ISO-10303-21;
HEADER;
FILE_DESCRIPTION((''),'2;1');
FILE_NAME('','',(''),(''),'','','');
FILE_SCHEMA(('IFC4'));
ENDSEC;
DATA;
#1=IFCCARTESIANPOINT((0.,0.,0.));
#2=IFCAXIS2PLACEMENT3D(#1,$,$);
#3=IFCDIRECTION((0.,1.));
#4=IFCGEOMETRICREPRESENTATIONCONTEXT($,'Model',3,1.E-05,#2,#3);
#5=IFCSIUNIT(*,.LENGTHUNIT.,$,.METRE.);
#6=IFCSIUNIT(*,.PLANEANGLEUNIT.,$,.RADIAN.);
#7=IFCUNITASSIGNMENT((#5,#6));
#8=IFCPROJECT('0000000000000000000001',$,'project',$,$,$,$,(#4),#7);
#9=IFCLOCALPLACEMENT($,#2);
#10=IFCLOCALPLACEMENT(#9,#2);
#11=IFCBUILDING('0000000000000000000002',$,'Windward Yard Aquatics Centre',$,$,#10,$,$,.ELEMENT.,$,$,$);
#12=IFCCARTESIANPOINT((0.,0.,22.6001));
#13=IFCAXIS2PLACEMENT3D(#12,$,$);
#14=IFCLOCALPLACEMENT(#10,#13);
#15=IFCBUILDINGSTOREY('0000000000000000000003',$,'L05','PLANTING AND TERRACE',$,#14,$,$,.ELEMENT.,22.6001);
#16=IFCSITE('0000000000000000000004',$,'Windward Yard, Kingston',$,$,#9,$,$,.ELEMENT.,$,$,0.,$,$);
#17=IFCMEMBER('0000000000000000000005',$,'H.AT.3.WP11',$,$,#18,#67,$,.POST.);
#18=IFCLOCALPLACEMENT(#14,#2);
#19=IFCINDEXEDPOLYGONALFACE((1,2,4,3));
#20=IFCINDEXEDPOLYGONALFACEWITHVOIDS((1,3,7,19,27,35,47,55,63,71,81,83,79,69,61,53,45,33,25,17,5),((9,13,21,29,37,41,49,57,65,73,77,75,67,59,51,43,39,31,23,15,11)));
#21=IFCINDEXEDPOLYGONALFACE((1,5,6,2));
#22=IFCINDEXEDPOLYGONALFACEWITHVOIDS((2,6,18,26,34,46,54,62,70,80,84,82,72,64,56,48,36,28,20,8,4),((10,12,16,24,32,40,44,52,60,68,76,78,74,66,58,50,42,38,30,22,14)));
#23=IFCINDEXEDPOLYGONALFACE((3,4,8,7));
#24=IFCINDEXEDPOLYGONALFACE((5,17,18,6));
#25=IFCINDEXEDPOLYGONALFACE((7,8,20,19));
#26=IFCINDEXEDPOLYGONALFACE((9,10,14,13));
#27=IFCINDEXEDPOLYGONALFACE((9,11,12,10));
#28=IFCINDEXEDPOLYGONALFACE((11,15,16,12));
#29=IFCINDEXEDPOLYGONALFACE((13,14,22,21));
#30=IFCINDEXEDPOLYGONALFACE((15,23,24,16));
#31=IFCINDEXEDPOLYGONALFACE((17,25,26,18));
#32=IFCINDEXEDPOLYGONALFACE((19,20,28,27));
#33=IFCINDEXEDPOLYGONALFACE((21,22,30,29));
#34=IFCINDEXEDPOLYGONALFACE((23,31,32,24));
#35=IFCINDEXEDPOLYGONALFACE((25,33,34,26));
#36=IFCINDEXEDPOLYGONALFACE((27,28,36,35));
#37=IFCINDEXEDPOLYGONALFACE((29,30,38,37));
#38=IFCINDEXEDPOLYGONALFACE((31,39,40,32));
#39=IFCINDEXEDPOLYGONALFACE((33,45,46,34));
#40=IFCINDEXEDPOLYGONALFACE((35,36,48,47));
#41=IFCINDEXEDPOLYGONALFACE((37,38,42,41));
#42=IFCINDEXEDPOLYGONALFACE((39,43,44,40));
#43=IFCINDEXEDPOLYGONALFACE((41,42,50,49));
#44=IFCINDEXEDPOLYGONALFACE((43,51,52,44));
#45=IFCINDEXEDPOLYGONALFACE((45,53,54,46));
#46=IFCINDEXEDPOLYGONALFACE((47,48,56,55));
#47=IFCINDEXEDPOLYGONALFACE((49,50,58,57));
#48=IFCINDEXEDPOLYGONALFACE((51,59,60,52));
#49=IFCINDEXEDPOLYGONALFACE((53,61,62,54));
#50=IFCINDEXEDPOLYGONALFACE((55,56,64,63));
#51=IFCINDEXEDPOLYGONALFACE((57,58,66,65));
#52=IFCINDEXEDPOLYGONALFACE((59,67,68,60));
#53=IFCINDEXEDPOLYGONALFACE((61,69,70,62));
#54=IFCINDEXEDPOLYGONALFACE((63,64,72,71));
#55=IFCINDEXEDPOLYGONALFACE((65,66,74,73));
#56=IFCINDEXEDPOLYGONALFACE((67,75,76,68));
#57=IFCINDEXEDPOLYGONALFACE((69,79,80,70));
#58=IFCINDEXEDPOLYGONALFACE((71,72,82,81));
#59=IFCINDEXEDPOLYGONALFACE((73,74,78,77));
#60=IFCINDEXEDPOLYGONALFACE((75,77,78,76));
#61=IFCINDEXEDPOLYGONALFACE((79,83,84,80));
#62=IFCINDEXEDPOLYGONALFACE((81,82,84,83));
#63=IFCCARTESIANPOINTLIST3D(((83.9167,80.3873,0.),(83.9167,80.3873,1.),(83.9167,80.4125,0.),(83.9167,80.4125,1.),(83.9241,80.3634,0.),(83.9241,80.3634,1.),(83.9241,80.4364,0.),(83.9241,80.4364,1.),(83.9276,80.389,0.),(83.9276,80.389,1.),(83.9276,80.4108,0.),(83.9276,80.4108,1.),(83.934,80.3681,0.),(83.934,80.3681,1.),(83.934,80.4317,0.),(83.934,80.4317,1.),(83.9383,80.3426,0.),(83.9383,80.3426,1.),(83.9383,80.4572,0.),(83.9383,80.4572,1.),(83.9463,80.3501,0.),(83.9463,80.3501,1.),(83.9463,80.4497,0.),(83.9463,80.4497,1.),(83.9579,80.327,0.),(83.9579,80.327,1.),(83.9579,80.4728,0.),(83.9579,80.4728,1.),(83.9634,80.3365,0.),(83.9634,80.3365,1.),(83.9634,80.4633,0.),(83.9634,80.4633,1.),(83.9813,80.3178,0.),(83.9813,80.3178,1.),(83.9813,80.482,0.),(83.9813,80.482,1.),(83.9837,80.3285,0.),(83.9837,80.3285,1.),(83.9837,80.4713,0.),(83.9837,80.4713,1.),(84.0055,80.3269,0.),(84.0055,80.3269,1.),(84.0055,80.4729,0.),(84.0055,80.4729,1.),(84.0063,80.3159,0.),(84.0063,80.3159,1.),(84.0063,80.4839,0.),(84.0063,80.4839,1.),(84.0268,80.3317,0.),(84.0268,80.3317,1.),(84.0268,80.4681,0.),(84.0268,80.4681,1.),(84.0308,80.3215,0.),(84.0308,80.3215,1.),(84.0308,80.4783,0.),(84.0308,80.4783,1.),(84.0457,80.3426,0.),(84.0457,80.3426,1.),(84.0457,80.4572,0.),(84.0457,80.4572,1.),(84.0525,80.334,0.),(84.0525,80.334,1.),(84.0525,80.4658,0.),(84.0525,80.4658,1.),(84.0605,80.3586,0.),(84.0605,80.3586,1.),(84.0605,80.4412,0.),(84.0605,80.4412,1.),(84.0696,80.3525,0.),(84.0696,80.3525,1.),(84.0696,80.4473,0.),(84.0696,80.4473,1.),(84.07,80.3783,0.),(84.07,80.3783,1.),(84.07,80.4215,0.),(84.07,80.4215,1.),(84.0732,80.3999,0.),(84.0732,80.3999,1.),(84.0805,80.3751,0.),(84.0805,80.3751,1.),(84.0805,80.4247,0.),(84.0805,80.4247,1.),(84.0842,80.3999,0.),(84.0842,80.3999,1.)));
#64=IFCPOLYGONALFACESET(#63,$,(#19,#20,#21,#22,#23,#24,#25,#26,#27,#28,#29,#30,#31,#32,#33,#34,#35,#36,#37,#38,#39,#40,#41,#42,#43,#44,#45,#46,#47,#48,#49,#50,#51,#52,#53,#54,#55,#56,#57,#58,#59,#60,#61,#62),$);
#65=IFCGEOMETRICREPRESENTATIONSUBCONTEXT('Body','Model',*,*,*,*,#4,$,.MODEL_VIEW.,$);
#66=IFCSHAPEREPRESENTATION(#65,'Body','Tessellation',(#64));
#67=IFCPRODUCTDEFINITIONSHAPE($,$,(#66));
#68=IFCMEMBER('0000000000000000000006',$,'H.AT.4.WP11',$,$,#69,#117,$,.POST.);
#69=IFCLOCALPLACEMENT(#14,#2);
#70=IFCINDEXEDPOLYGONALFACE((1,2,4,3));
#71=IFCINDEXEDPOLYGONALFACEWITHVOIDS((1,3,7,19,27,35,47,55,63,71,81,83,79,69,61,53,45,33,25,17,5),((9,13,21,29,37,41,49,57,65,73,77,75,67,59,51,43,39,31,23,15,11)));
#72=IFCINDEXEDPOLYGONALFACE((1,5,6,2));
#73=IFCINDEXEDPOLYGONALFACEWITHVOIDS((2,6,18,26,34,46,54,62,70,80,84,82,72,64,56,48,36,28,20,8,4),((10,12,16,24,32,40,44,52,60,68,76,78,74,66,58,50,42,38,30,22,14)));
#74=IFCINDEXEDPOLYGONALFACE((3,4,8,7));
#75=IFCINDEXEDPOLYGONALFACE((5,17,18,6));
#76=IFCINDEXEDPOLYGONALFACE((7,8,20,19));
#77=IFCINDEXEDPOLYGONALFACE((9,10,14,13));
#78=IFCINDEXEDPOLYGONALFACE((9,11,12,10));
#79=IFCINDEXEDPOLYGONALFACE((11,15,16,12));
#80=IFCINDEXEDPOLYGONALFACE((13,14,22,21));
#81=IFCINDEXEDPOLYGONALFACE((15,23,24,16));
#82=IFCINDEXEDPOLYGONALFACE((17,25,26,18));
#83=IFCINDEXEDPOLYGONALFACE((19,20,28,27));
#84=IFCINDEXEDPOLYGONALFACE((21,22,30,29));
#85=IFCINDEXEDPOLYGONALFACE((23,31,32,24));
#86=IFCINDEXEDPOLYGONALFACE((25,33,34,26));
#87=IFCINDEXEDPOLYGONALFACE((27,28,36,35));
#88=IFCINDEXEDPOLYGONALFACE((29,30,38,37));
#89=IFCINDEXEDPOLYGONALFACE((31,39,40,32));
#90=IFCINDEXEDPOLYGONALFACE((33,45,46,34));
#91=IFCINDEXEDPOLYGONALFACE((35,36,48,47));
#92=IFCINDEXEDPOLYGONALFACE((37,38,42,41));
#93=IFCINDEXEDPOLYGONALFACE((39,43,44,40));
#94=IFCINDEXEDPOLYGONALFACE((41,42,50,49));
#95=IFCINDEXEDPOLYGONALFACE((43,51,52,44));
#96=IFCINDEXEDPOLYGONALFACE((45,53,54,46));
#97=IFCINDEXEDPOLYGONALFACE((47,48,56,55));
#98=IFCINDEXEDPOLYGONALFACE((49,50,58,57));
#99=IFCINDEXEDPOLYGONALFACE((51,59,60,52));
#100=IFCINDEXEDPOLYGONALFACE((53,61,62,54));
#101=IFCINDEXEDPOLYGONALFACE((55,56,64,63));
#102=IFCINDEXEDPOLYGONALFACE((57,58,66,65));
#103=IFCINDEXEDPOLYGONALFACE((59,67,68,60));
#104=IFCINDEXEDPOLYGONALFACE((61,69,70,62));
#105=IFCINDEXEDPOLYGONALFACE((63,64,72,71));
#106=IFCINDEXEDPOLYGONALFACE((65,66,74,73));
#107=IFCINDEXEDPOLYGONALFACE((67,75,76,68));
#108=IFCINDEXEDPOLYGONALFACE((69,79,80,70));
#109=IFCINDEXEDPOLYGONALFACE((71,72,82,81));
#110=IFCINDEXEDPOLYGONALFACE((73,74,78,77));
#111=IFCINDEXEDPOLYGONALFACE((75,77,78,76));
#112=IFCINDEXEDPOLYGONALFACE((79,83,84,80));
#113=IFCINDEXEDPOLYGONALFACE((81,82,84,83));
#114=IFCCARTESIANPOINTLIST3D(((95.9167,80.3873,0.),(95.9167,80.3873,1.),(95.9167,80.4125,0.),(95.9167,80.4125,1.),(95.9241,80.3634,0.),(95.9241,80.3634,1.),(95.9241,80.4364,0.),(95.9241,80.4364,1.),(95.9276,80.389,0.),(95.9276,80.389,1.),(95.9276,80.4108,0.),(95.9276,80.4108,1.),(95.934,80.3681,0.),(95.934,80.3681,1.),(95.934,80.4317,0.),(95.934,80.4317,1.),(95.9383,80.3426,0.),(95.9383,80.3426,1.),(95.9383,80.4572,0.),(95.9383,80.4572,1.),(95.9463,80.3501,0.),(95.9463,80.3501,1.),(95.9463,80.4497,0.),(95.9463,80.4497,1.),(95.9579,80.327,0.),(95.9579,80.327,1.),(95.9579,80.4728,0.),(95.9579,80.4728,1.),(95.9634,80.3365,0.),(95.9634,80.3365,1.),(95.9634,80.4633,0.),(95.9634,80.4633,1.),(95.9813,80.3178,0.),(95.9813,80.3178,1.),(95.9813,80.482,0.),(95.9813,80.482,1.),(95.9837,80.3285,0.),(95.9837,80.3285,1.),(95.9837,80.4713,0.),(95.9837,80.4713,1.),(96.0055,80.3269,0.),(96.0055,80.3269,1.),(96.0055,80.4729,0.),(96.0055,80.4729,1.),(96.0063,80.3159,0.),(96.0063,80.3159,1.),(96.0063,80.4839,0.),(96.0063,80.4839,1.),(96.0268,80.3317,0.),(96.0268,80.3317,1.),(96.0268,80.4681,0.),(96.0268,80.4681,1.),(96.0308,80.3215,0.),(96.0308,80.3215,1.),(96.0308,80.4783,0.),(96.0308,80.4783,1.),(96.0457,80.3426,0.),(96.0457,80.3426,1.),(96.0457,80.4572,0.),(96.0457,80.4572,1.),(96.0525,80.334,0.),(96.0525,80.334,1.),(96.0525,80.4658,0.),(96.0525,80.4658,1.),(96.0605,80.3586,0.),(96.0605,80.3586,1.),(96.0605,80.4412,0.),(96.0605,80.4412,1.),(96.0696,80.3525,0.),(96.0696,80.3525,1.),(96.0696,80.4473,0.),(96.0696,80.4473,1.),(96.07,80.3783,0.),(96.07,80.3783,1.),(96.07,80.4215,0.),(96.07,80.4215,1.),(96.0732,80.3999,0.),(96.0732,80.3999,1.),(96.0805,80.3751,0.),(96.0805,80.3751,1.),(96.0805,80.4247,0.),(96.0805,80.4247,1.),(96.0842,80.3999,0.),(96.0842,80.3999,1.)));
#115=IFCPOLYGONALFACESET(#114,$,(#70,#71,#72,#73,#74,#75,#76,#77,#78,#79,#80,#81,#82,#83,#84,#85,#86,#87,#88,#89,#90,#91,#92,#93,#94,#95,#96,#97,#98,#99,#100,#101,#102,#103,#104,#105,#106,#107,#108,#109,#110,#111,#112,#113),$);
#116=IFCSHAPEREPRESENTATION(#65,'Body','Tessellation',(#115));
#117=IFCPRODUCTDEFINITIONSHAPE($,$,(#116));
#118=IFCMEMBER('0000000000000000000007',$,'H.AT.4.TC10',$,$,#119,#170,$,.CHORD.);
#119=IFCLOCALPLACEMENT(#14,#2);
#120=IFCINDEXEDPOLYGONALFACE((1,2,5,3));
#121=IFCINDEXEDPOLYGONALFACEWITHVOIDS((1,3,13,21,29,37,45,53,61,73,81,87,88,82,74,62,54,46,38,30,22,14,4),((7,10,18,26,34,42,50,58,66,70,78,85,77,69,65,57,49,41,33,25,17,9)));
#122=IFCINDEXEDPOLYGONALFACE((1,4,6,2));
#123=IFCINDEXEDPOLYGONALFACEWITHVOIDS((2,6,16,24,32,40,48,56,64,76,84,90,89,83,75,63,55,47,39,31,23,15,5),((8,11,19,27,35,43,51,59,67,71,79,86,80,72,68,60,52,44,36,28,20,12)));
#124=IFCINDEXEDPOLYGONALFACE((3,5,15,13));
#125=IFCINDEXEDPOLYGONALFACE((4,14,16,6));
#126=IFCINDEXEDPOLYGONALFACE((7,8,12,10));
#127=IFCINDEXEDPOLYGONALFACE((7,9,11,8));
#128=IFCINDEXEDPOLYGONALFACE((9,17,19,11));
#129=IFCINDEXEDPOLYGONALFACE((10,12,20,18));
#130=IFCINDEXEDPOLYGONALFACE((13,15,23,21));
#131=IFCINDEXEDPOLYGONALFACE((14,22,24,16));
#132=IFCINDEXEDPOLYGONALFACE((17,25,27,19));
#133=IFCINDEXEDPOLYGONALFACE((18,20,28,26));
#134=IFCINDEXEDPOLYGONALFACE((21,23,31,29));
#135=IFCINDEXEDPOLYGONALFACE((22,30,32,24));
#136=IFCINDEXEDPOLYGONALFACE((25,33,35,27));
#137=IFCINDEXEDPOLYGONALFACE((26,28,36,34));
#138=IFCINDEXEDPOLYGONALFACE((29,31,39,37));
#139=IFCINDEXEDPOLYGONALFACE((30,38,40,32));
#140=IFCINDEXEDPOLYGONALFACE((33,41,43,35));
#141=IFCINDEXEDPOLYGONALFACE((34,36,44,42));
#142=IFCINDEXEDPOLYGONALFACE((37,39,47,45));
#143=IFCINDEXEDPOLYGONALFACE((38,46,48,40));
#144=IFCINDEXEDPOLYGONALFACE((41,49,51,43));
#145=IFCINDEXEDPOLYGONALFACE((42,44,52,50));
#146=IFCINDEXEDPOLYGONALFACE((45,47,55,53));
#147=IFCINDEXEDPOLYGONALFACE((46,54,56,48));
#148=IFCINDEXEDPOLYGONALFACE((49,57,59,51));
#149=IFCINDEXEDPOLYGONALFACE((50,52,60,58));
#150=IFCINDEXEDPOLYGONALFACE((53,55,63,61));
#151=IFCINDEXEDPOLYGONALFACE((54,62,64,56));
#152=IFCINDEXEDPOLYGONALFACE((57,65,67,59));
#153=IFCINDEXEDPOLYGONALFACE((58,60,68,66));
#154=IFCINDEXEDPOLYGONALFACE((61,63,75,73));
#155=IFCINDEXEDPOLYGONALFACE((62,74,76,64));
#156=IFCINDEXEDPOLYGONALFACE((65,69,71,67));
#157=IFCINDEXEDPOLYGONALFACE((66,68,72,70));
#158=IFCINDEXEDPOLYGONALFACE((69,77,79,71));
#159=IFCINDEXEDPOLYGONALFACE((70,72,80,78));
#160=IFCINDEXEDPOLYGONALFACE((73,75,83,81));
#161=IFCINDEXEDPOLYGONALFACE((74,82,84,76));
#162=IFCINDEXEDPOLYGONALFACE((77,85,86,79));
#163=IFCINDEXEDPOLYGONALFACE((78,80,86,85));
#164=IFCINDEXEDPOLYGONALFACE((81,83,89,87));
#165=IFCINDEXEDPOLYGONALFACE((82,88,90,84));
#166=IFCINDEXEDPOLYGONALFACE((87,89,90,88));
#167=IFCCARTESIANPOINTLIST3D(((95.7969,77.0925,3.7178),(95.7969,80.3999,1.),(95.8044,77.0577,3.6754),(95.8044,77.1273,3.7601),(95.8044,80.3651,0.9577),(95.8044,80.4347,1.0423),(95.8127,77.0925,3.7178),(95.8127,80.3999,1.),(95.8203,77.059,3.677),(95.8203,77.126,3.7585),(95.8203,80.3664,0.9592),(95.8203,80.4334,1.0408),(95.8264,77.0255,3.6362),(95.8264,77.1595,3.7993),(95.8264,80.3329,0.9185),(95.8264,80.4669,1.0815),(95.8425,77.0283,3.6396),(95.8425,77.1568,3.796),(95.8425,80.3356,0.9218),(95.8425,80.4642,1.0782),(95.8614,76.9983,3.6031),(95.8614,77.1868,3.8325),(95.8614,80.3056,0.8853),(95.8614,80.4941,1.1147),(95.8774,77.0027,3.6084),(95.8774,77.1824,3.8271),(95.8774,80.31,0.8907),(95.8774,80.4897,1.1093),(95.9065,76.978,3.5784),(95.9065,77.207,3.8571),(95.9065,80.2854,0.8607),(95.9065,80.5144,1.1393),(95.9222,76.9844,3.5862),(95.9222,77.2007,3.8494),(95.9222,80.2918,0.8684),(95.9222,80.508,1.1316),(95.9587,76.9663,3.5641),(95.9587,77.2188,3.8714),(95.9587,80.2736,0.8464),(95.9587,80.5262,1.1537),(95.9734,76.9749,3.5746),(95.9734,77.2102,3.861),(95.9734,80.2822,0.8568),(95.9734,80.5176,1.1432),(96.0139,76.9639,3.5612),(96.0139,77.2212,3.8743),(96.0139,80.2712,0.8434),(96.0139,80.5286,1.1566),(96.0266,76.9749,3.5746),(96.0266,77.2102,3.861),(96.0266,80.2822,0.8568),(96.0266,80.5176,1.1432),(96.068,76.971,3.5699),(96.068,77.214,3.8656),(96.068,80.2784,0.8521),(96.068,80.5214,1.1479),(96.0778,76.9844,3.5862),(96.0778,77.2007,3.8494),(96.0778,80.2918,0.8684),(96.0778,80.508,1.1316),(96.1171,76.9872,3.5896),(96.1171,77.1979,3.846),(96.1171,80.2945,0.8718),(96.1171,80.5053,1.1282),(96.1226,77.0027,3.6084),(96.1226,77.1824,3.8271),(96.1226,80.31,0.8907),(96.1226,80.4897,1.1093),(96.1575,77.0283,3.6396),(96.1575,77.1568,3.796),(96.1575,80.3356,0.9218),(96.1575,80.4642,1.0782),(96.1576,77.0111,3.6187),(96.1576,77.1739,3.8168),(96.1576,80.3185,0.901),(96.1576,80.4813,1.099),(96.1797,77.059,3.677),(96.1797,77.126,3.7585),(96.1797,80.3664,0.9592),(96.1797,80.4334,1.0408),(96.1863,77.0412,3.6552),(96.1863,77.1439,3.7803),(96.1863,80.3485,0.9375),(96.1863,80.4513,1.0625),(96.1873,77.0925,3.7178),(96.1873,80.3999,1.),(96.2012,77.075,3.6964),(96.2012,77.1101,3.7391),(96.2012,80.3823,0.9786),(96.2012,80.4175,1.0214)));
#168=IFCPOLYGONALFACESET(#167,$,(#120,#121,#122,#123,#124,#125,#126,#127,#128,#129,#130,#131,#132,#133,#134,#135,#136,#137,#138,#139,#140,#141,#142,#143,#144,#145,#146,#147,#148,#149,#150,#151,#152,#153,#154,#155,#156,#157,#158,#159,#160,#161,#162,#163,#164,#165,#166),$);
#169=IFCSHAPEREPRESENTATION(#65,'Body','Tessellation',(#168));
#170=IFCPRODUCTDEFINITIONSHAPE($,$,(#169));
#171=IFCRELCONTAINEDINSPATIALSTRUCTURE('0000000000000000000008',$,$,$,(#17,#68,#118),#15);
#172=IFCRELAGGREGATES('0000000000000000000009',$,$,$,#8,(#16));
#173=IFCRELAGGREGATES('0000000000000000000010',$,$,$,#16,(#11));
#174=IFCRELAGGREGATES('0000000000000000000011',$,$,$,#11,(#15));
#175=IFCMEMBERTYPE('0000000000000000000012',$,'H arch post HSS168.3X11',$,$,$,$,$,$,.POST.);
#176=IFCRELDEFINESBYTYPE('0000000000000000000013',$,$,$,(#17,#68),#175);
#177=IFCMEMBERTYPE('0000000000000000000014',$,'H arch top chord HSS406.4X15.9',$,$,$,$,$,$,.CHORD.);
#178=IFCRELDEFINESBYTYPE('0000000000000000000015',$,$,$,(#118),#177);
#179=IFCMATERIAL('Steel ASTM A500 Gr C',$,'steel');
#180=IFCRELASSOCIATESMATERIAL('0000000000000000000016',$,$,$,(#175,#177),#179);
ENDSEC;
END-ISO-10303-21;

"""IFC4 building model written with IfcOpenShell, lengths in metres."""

from ifc_helpers import new_model, si_unit, direction, frame, origin, origin_2d, place, context, subcontext, project, spatial, hollow_circle, extrude, material, material_profile, profile_set, type_object, element, save


model = new_model("IFC4")

# Units and contexts
model_context = context("Model", 3, precision=1e-05, world=origin(), true_north=direction((0.0, 1.0)))
body_context = subcontext(model_context, "Body", "Model", "MODEL_VIEW")
ifc_project = project(units=[si_unit("LENGTHUNIT", "METRE"), si_unit("PLANEANGLEUNIT", "RADIAN")], contexts=[model_context])

# Site, building, storey
site_placement = place(None, origin())
site = spatial("IfcSite", under=ifc_project, at=site_placement, Name="Windward Yard, Kingston", CompositionType="ELEMENT", RefElevation=0.0)
building_placement = place(site_placement, origin())
building = spatial("IfcBuilding", under=site, at=building_placement, Name="Windward Yard Aquatics Centre", CompositionType="ELEMENT")
storey_placement = place(building_placement, frame((0.0, 0.0, 22.6001)))
storey = spatial("IfcBuildingStorey", under=building, at=storey_placement, Name="L05", Description="PLANTING AND TERRACE", CompositionType="ELEMENT", Elevation=22.6001)

# Members
ifc_material_1 = material(Name="Steel ASTM A500 Gr C", Category="steel")
ifc_material_profile_1 = material_profile(ifc_material_1, hollow_circle(Radius=0.0842, WallThickness=0.011, at=origin_2d()), Name="HSS168.3X11")
ifc_profile_set_1 = profile_set([ifc_material_profile_1], Name="Steel ASTM A500 Gr C")
member_type_1 = type_object("IfcMemberType", Name="H arch post HSS168.3X11", PredefinedType="POST", material=ifc_profile_set_1)
for number, where, z_axis, x_axis, name in (
    (1, (84.0, 80.3999, 0.0), (0.0, 0.0, 1.0), (1.0, 0.0, 0.0), "H.AT.3.WP11"),
    (2, (96.0, 80.3999, 0.0), (0.0, 0.0, 1.0), (1.0, 0.0, 0.0), "H.AT.4.WP11"),
):
    element("IfcMember", number, at=place(storey_placement, frame(where, z_axis=z_axis, x_axis=x_axis)), inside=storey, type_object=member_type_1, Name=name, PredefinedType="POST", context=body_context, shape_type="SweptSolid", body=[
        extrude(hollow_circle(Radius=0.0842, WallThickness=0.011, at=origin_2d()), origin(), (0.0, 0.0, 1.0), 1.0),
    ])
ifc_material_profile_2 = material_profile(ifc_material_1, hollow_circle(Radius=0.2031, WallThickness=0.0159, at=origin_2d()), Name="HSS406.4X15.9")
ifc_profile_set_2 = profile_set([ifc_material_profile_2], Name="Steel ASTM A500 Gr C")
member_type_2 = type_object("IfcMemberType", Name="H arch top chord HSS406.4X15.9", PredefinedType="CHORD", material=ifc_profile_set_2)
member_1_placement = place(storey_placement, frame((96.0, 77.0925, 3.7178), z_axis=(0.0, 0.772611, -0.634879), x_axis=(-1.0, 0.0, 0.0)))
element("IfcMember", 3, at=member_1_placement, inside=storey, type_object=member_type_2, Name="H.AT.4.TC10", PredefinedType="CHORD", context=body_context, shape_type="SweptSolid", body=[
    extrude(hollow_circle(Radius=0.2031, WallThickness=0.0159, at=origin_2d()), origin(), (0.0, 0.0, 1.0), 4.2808),
])

save(model, "model.ifc")
